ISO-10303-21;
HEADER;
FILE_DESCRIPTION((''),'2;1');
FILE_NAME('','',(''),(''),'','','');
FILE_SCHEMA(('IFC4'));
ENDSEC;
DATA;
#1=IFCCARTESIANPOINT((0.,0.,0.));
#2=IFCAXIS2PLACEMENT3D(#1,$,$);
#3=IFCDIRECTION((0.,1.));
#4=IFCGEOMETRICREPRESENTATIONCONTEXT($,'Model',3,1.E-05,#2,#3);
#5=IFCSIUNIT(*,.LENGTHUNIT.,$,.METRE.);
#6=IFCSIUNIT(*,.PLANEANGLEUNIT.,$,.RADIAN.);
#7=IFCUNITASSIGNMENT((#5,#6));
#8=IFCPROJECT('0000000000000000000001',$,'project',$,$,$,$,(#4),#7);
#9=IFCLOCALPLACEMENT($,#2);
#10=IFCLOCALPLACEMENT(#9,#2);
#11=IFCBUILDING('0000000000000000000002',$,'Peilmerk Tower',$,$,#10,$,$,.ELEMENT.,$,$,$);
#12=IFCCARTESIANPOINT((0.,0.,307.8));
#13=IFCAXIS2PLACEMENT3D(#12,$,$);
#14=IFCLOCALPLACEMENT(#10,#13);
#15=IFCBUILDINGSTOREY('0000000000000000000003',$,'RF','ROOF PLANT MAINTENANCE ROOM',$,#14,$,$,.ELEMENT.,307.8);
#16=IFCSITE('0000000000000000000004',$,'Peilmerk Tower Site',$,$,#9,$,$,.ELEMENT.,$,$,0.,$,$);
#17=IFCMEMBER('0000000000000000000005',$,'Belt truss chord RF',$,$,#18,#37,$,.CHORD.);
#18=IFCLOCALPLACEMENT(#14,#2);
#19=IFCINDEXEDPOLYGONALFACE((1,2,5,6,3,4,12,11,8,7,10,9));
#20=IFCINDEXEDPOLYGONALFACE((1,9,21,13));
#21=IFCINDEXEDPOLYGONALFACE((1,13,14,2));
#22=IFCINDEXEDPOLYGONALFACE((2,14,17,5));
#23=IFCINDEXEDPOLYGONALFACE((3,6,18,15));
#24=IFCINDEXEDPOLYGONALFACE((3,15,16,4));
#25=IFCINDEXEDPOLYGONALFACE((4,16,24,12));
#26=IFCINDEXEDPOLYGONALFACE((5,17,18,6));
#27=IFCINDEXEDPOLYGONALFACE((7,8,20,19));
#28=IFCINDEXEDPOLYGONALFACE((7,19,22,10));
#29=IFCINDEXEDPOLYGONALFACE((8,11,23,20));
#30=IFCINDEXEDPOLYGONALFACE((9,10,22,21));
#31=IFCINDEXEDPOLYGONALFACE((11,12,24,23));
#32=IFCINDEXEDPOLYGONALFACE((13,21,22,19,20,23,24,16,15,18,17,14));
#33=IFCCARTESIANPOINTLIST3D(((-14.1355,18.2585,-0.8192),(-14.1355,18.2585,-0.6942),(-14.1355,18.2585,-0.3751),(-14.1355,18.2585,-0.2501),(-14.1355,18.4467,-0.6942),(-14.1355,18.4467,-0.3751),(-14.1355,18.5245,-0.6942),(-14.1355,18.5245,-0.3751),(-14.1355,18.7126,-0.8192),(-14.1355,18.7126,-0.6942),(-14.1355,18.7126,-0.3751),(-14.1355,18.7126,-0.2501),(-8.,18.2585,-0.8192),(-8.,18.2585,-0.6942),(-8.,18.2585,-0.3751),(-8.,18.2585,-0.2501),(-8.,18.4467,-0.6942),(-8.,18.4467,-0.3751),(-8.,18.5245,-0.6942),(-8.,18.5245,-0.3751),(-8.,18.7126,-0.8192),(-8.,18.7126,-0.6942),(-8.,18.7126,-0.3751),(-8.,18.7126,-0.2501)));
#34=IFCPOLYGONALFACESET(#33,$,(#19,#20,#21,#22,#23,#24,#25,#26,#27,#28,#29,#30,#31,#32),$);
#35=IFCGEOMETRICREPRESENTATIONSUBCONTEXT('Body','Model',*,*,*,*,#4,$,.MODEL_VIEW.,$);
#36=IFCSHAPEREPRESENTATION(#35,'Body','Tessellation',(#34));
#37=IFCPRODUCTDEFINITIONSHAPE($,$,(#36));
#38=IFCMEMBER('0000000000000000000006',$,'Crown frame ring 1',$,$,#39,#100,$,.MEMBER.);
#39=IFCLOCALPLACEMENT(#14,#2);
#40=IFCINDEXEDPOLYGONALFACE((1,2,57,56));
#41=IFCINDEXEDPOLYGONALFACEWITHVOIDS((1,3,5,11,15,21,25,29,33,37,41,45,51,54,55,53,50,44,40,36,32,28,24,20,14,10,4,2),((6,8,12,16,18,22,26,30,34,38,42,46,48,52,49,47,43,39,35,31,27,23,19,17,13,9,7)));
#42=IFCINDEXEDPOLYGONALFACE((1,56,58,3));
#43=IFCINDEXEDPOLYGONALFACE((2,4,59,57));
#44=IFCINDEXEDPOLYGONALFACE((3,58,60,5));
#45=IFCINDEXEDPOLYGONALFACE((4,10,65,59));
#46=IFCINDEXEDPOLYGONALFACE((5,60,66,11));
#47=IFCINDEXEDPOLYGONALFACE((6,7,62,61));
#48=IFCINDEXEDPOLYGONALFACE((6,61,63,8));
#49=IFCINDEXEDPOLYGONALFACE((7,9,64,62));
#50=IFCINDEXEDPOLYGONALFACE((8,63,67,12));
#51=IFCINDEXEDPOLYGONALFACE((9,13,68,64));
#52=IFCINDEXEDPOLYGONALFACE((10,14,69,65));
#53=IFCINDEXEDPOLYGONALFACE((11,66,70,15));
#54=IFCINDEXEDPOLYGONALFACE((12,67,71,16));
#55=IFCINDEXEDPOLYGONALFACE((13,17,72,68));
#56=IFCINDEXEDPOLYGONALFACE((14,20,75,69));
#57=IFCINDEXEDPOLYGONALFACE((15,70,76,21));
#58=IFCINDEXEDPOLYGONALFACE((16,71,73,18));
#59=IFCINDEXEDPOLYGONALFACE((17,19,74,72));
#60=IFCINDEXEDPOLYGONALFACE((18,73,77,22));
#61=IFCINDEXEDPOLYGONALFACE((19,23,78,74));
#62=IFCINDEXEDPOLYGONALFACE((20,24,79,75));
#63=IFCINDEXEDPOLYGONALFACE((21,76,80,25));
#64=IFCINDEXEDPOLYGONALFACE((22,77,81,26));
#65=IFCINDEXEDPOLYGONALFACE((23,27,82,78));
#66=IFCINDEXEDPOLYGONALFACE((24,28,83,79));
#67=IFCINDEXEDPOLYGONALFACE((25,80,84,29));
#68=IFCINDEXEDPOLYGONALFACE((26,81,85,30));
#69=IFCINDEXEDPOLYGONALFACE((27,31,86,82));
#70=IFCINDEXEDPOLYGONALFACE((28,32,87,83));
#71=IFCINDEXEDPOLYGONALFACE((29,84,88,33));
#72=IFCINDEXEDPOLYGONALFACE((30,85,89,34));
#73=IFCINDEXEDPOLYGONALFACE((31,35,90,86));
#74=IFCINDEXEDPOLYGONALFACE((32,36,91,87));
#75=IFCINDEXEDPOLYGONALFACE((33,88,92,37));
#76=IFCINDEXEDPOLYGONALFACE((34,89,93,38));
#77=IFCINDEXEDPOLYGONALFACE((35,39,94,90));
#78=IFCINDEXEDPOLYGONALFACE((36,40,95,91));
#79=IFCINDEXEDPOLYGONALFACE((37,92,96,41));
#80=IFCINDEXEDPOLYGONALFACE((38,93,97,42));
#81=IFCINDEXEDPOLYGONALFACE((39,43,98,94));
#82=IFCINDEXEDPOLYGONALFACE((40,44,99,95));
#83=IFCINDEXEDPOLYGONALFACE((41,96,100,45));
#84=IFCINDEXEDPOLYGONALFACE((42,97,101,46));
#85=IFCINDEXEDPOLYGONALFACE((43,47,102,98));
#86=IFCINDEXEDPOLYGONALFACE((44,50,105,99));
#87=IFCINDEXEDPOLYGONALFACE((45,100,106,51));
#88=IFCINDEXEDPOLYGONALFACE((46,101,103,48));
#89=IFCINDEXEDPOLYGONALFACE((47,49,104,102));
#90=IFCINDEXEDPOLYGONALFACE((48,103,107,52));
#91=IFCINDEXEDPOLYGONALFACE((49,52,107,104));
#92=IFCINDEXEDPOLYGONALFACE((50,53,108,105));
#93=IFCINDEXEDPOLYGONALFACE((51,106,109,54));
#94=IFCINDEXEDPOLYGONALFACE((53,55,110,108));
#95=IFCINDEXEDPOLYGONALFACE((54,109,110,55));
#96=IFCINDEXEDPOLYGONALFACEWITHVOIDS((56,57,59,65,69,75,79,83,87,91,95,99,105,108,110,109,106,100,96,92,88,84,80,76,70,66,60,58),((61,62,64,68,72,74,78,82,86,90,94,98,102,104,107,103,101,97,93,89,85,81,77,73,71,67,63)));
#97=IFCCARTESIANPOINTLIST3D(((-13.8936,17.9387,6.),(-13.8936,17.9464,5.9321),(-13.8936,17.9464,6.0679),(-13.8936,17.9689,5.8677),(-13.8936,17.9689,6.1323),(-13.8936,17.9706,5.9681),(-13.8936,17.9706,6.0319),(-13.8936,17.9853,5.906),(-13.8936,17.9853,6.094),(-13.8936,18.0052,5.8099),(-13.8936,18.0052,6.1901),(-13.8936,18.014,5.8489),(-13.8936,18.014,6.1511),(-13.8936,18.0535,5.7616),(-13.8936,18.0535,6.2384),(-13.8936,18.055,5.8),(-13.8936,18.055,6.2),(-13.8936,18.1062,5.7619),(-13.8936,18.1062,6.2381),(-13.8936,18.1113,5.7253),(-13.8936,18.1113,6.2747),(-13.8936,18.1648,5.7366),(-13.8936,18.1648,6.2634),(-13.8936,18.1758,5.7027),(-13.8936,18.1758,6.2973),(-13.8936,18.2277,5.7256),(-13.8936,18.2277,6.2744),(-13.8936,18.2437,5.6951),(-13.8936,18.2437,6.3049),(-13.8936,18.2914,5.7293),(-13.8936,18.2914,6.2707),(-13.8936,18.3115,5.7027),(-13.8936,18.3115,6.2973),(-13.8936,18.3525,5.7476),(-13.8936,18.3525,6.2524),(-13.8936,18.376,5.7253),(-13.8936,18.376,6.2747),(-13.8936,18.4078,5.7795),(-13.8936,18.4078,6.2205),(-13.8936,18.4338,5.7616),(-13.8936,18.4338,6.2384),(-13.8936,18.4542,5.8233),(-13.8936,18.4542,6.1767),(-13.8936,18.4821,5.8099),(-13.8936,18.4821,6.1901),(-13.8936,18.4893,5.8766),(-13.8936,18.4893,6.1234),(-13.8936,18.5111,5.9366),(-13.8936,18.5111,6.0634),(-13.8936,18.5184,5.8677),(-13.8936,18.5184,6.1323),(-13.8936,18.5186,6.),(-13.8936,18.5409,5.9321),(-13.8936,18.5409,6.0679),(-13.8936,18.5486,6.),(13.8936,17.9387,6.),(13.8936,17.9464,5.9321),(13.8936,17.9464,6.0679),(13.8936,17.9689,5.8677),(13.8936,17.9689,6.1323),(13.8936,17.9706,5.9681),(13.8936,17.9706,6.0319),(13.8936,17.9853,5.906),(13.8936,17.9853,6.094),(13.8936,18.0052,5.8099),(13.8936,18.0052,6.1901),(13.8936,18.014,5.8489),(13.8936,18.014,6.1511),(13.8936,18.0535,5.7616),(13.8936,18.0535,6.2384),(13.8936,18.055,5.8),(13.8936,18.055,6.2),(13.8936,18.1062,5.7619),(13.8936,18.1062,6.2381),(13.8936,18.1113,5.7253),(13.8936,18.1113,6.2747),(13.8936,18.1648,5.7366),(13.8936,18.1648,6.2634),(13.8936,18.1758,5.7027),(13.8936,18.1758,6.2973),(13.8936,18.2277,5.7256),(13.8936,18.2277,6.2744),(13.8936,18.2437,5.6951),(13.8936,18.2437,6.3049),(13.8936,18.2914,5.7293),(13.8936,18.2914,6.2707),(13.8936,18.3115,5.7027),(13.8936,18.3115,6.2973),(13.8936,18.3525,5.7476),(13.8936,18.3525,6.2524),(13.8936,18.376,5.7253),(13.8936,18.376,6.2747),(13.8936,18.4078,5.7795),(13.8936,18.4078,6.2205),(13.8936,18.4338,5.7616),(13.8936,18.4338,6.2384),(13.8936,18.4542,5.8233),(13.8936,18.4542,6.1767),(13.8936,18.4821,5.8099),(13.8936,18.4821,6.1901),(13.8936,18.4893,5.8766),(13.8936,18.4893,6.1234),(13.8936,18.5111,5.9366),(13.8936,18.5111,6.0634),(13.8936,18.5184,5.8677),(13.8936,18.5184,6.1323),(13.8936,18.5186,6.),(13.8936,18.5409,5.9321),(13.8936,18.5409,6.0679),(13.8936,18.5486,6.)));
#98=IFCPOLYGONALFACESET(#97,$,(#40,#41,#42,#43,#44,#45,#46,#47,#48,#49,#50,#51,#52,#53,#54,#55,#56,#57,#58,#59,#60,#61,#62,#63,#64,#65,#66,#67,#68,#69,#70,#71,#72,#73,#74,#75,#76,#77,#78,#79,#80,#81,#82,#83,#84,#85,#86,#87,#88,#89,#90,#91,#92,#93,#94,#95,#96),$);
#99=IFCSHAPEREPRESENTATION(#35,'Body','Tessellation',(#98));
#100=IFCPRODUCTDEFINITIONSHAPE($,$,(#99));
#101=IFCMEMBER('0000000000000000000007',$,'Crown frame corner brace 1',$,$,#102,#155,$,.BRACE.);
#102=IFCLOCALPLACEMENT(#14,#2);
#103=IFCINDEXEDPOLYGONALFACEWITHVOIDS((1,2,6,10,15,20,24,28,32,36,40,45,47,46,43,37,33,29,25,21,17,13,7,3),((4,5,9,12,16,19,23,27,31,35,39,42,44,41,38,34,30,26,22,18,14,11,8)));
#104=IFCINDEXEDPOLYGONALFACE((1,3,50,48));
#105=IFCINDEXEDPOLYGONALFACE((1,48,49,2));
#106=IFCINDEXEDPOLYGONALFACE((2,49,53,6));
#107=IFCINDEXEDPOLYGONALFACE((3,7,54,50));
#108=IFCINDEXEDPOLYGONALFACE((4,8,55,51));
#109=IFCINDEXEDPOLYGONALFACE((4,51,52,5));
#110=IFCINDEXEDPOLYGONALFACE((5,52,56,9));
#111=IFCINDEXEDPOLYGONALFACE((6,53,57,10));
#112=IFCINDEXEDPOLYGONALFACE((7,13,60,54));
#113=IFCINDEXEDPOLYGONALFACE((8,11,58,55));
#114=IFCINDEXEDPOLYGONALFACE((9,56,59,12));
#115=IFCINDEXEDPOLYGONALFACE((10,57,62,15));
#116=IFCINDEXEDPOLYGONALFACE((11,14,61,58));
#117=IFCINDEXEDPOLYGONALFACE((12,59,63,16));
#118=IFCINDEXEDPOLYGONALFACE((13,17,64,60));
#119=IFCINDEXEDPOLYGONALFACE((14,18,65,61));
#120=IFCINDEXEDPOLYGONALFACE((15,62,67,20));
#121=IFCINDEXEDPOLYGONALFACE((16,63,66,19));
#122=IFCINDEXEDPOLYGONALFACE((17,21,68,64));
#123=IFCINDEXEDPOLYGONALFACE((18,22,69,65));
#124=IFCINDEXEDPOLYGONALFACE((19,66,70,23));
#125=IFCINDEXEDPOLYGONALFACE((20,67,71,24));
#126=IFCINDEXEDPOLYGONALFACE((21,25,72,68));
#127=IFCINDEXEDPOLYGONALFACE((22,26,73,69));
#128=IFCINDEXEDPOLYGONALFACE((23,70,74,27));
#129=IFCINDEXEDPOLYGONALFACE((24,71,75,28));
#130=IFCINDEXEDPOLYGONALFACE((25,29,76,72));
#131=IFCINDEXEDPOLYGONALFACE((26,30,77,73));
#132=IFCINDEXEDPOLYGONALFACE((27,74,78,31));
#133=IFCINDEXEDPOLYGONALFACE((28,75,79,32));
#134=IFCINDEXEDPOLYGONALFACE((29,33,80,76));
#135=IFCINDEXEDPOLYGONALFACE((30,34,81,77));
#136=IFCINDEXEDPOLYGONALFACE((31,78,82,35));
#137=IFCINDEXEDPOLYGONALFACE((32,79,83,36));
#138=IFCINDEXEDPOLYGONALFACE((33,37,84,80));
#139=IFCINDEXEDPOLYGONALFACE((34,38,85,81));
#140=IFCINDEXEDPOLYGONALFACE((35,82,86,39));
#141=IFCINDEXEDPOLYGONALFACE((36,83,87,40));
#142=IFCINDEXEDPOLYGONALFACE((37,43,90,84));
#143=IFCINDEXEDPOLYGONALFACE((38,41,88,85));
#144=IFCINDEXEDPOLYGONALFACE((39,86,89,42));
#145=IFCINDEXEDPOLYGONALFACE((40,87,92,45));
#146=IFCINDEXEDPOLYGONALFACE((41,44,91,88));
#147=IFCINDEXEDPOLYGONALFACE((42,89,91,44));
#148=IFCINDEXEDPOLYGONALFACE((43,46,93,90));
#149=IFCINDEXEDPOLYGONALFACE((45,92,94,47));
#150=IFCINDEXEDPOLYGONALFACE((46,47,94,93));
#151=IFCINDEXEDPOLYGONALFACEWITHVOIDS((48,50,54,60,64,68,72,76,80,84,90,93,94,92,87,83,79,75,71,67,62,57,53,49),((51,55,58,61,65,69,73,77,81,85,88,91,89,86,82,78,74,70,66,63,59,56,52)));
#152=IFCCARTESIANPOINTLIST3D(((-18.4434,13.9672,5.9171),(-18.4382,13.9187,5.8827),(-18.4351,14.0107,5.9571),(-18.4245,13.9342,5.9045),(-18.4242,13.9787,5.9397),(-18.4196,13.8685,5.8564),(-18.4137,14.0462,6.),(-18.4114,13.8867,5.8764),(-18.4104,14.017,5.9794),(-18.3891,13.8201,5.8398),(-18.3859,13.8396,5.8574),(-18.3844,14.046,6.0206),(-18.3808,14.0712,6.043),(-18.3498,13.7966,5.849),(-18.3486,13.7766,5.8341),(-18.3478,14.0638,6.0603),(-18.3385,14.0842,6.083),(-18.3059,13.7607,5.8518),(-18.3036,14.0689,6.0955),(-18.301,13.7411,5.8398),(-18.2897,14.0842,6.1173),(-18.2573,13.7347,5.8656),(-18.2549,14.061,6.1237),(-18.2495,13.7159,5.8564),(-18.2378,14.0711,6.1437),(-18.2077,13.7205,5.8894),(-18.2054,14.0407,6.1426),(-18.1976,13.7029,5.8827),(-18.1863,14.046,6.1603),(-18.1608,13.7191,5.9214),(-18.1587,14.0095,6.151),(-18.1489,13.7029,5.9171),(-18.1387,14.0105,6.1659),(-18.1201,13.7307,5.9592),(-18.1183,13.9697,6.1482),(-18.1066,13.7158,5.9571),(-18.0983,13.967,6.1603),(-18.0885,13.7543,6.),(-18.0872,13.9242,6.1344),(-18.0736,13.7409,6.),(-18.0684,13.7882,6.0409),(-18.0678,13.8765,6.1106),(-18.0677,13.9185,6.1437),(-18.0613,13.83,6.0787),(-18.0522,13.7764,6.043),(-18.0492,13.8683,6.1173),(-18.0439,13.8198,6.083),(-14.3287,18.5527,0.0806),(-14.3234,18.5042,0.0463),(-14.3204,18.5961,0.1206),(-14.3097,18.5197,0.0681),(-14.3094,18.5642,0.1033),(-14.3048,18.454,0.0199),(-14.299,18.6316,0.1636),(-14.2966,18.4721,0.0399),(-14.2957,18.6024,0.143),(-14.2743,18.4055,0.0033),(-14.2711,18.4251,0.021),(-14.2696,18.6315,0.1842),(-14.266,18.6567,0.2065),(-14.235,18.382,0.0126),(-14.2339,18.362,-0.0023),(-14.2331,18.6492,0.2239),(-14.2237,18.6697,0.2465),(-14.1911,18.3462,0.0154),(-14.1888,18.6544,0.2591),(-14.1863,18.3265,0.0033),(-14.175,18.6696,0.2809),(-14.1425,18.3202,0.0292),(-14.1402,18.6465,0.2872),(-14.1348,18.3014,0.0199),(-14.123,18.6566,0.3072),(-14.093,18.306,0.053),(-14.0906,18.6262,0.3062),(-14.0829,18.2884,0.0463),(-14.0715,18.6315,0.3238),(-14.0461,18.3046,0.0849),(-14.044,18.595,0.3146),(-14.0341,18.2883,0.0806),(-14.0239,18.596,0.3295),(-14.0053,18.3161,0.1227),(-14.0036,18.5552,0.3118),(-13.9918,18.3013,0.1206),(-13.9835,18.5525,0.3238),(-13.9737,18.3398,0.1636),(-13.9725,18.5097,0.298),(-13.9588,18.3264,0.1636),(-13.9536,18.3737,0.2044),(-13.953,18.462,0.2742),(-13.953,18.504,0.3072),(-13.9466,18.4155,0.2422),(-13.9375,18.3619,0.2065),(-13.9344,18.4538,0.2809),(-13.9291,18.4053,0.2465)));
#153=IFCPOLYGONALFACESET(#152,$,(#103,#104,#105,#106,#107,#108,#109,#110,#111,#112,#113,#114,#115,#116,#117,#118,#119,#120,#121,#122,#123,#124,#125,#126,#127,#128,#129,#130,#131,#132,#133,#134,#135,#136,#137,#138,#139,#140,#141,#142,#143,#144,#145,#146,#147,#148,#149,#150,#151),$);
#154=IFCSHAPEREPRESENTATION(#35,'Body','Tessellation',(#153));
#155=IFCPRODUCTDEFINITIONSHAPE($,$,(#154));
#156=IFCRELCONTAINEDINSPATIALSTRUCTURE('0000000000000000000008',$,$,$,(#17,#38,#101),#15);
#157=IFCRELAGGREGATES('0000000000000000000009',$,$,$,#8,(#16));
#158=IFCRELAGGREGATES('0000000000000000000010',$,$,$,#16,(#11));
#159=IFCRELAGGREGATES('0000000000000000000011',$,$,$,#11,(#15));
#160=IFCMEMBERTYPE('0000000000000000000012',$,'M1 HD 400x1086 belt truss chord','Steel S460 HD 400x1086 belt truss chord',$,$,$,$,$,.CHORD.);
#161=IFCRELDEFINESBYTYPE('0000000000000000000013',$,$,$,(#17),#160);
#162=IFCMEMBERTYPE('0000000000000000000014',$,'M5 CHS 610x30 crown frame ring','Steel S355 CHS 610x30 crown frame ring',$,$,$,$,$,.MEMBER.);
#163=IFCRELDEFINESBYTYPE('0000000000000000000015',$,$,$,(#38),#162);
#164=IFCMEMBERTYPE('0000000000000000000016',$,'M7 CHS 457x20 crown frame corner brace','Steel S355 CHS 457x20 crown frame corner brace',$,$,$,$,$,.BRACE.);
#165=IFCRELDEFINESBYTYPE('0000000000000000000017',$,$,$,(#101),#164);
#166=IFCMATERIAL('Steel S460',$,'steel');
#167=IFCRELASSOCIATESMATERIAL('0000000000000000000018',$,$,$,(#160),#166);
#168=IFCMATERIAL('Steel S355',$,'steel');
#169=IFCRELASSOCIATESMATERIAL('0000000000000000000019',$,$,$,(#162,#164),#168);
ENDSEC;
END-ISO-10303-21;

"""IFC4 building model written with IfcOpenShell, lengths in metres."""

from ifc_helpers import new_model, si_unit, direction, frame, origin, origin_2d, place, context, subcontext, project, spatial, hollow_circle, i_section, extrude, material, material_profile, profile_set, type_object, element, save


model = new_model("IFC4")

# Units and contexts
model_context = context("Model", 3, precision=1e-05, world=origin(), true_north=direction((0.0, 1.0)))
body_context = subcontext(model_context, "Body", "Model", "MODEL_VIEW")
ifc_project = project(units=[si_unit("LENGTHUNIT", "METRE"), si_unit("PLANEANGLEUNIT", "RADIAN")], contexts=[model_context])

# Site, building, storey
site_placement = place(None, origin())
site = spatial("IfcSite", under=ifc_project, at=site_placement, Name="Peilmerk Tower Site", CompositionType="ELEMENT", RefElevation=0.0)
building_placement = place(site_placement, origin())
building = spatial("IfcBuilding", under=site, at=building_placement, Name="Peilmerk Tower", CompositionType="ELEMENT")
storey_placement = place(building_placement, frame((0.0, 0.0, 307.8)))
storey = spatial("IfcBuildingStorey", under=building, at=storey_placement, Name="RF", Description="ROOF PLANT MAINTENANCE ROOM", CompositionType="ELEMENT", Elevation=307.8)

# Shared definitions
ifc_material_1 = material(Name="Steel S355", Category="steel")

# Shared definitions
ifc_material_2 = material(Name="Steel S460", Category="steel")

# Members
ifc_material_profile_1 = material_profile(ifc_material_2, i_section(OverallWidth=0.4541, OverallDepth=0.5691, WebThickness=0.0779, FlangeThickness=0.125, at=origin_2d()), Name="HD 400x1086")
ifc_profile_set_1 = profile_set([ifc_material_profile_1], Name="Steel S460")
member_type_1 = type_object("IfcMemberType", Name="M1 HD 400x1086 belt truss chord", Description="Steel S460 HD 400x1086 belt truss chord", PredefinedType="CHORD", material=ifc_profile_set_1)
member_1_placement = place(storey_placement, frame((-8.0, 18.4856, -0.5347), z_axis=(-1.0, 0.0, 0.0), x_axis=(0.0, -1.0, 0.0)))
element("IfcMember", 1, at=member_1_placement, inside=storey, type_object=member_type_1, Name="Belt truss chord RF", PredefinedType="CHORD", context=body_context, shape_type="SweptSolid", body=[
    extrude(i_section(OverallWidth=0.4541, OverallDepth=0.5691, WebThickness=0.0779, FlangeThickness=0.125, at=origin_2d()), origin(), (0.0, 0.0, 1.0), 6.1355),
])
ifc_material_profile_2 = material_profile(ifc_material_1, hollow_circle(Radius=0.3049, WallThickness=0.03, at=origin_2d()), Name="CHS 610x30")
ifc_profile_set_2 = profile_set([ifc_material_profile_2], Name="Steel S355")
member_type_2 = type_object("IfcMemberType", Name="M5 CHS 610x30 crown frame ring", Description="Steel S355 CHS 610x30 crown frame ring", PredefinedType="MEMBER", material=ifc_profile_set_2)
member_2_placement = place(storey_placement, frame((-13.8936, 18.2437, 6.0), z_axis=(1.0, 0.0, 0.0), x_axis=(0.0, 1.0, 0.0)))
element("IfcMember", 2, at=member_2_placement, inside=storey, type_object=member_type_2, Name="Crown frame ring 1", PredefinedType="MEMBER", context=body_context, shape_type="SweptSolid", body=[
    extrude(hollow_circle(Radius=0.3049, WallThickness=0.03, at=origin_2d()), origin(), (0.0, 0.0, 1.0), 27.7871),
])
ifc_material_profile_3 = material_profile(ifc_material_1, hollow_circle(Radius=0.2285, WallThickness=0.02, at=origin_2d()), Name="CHS 457x20")
ifc_profile_set_3 = profile_set([ifc_material_profile_3], Name="Steel S355")
member_type_3 = type_object("IfcMemberType", Name="M7 CHS 457x20 crown frame corner brace", Description="Steel S355 CHS 457x20 crown frame corner brace", PredefinedType="BRACE", material=ifc_profile_set_3)
member_3_placement = place(storey_placement, frame((-14.1289, 18.479, 0.1636), z_axis=(-0.484856, -0.54032, 0.687727), x_axis=(0.744275, -0.667874, 0.0)))
element("IfcMember", 3, at=member_3_placement, inside=storey, type_object=member_type_3, Name="Crown frame corner brace 1", PredefinedType="BRACE", context=body_context, shape_type="SweptSolid", body=[
    extrude(hollow_circle(Radius=0.2285, WallThickness=0.02, at=origin_2d()), origin(), (0.0, 0.0, 1.0), 8.4866),
])

save(model, "model.ifc")
